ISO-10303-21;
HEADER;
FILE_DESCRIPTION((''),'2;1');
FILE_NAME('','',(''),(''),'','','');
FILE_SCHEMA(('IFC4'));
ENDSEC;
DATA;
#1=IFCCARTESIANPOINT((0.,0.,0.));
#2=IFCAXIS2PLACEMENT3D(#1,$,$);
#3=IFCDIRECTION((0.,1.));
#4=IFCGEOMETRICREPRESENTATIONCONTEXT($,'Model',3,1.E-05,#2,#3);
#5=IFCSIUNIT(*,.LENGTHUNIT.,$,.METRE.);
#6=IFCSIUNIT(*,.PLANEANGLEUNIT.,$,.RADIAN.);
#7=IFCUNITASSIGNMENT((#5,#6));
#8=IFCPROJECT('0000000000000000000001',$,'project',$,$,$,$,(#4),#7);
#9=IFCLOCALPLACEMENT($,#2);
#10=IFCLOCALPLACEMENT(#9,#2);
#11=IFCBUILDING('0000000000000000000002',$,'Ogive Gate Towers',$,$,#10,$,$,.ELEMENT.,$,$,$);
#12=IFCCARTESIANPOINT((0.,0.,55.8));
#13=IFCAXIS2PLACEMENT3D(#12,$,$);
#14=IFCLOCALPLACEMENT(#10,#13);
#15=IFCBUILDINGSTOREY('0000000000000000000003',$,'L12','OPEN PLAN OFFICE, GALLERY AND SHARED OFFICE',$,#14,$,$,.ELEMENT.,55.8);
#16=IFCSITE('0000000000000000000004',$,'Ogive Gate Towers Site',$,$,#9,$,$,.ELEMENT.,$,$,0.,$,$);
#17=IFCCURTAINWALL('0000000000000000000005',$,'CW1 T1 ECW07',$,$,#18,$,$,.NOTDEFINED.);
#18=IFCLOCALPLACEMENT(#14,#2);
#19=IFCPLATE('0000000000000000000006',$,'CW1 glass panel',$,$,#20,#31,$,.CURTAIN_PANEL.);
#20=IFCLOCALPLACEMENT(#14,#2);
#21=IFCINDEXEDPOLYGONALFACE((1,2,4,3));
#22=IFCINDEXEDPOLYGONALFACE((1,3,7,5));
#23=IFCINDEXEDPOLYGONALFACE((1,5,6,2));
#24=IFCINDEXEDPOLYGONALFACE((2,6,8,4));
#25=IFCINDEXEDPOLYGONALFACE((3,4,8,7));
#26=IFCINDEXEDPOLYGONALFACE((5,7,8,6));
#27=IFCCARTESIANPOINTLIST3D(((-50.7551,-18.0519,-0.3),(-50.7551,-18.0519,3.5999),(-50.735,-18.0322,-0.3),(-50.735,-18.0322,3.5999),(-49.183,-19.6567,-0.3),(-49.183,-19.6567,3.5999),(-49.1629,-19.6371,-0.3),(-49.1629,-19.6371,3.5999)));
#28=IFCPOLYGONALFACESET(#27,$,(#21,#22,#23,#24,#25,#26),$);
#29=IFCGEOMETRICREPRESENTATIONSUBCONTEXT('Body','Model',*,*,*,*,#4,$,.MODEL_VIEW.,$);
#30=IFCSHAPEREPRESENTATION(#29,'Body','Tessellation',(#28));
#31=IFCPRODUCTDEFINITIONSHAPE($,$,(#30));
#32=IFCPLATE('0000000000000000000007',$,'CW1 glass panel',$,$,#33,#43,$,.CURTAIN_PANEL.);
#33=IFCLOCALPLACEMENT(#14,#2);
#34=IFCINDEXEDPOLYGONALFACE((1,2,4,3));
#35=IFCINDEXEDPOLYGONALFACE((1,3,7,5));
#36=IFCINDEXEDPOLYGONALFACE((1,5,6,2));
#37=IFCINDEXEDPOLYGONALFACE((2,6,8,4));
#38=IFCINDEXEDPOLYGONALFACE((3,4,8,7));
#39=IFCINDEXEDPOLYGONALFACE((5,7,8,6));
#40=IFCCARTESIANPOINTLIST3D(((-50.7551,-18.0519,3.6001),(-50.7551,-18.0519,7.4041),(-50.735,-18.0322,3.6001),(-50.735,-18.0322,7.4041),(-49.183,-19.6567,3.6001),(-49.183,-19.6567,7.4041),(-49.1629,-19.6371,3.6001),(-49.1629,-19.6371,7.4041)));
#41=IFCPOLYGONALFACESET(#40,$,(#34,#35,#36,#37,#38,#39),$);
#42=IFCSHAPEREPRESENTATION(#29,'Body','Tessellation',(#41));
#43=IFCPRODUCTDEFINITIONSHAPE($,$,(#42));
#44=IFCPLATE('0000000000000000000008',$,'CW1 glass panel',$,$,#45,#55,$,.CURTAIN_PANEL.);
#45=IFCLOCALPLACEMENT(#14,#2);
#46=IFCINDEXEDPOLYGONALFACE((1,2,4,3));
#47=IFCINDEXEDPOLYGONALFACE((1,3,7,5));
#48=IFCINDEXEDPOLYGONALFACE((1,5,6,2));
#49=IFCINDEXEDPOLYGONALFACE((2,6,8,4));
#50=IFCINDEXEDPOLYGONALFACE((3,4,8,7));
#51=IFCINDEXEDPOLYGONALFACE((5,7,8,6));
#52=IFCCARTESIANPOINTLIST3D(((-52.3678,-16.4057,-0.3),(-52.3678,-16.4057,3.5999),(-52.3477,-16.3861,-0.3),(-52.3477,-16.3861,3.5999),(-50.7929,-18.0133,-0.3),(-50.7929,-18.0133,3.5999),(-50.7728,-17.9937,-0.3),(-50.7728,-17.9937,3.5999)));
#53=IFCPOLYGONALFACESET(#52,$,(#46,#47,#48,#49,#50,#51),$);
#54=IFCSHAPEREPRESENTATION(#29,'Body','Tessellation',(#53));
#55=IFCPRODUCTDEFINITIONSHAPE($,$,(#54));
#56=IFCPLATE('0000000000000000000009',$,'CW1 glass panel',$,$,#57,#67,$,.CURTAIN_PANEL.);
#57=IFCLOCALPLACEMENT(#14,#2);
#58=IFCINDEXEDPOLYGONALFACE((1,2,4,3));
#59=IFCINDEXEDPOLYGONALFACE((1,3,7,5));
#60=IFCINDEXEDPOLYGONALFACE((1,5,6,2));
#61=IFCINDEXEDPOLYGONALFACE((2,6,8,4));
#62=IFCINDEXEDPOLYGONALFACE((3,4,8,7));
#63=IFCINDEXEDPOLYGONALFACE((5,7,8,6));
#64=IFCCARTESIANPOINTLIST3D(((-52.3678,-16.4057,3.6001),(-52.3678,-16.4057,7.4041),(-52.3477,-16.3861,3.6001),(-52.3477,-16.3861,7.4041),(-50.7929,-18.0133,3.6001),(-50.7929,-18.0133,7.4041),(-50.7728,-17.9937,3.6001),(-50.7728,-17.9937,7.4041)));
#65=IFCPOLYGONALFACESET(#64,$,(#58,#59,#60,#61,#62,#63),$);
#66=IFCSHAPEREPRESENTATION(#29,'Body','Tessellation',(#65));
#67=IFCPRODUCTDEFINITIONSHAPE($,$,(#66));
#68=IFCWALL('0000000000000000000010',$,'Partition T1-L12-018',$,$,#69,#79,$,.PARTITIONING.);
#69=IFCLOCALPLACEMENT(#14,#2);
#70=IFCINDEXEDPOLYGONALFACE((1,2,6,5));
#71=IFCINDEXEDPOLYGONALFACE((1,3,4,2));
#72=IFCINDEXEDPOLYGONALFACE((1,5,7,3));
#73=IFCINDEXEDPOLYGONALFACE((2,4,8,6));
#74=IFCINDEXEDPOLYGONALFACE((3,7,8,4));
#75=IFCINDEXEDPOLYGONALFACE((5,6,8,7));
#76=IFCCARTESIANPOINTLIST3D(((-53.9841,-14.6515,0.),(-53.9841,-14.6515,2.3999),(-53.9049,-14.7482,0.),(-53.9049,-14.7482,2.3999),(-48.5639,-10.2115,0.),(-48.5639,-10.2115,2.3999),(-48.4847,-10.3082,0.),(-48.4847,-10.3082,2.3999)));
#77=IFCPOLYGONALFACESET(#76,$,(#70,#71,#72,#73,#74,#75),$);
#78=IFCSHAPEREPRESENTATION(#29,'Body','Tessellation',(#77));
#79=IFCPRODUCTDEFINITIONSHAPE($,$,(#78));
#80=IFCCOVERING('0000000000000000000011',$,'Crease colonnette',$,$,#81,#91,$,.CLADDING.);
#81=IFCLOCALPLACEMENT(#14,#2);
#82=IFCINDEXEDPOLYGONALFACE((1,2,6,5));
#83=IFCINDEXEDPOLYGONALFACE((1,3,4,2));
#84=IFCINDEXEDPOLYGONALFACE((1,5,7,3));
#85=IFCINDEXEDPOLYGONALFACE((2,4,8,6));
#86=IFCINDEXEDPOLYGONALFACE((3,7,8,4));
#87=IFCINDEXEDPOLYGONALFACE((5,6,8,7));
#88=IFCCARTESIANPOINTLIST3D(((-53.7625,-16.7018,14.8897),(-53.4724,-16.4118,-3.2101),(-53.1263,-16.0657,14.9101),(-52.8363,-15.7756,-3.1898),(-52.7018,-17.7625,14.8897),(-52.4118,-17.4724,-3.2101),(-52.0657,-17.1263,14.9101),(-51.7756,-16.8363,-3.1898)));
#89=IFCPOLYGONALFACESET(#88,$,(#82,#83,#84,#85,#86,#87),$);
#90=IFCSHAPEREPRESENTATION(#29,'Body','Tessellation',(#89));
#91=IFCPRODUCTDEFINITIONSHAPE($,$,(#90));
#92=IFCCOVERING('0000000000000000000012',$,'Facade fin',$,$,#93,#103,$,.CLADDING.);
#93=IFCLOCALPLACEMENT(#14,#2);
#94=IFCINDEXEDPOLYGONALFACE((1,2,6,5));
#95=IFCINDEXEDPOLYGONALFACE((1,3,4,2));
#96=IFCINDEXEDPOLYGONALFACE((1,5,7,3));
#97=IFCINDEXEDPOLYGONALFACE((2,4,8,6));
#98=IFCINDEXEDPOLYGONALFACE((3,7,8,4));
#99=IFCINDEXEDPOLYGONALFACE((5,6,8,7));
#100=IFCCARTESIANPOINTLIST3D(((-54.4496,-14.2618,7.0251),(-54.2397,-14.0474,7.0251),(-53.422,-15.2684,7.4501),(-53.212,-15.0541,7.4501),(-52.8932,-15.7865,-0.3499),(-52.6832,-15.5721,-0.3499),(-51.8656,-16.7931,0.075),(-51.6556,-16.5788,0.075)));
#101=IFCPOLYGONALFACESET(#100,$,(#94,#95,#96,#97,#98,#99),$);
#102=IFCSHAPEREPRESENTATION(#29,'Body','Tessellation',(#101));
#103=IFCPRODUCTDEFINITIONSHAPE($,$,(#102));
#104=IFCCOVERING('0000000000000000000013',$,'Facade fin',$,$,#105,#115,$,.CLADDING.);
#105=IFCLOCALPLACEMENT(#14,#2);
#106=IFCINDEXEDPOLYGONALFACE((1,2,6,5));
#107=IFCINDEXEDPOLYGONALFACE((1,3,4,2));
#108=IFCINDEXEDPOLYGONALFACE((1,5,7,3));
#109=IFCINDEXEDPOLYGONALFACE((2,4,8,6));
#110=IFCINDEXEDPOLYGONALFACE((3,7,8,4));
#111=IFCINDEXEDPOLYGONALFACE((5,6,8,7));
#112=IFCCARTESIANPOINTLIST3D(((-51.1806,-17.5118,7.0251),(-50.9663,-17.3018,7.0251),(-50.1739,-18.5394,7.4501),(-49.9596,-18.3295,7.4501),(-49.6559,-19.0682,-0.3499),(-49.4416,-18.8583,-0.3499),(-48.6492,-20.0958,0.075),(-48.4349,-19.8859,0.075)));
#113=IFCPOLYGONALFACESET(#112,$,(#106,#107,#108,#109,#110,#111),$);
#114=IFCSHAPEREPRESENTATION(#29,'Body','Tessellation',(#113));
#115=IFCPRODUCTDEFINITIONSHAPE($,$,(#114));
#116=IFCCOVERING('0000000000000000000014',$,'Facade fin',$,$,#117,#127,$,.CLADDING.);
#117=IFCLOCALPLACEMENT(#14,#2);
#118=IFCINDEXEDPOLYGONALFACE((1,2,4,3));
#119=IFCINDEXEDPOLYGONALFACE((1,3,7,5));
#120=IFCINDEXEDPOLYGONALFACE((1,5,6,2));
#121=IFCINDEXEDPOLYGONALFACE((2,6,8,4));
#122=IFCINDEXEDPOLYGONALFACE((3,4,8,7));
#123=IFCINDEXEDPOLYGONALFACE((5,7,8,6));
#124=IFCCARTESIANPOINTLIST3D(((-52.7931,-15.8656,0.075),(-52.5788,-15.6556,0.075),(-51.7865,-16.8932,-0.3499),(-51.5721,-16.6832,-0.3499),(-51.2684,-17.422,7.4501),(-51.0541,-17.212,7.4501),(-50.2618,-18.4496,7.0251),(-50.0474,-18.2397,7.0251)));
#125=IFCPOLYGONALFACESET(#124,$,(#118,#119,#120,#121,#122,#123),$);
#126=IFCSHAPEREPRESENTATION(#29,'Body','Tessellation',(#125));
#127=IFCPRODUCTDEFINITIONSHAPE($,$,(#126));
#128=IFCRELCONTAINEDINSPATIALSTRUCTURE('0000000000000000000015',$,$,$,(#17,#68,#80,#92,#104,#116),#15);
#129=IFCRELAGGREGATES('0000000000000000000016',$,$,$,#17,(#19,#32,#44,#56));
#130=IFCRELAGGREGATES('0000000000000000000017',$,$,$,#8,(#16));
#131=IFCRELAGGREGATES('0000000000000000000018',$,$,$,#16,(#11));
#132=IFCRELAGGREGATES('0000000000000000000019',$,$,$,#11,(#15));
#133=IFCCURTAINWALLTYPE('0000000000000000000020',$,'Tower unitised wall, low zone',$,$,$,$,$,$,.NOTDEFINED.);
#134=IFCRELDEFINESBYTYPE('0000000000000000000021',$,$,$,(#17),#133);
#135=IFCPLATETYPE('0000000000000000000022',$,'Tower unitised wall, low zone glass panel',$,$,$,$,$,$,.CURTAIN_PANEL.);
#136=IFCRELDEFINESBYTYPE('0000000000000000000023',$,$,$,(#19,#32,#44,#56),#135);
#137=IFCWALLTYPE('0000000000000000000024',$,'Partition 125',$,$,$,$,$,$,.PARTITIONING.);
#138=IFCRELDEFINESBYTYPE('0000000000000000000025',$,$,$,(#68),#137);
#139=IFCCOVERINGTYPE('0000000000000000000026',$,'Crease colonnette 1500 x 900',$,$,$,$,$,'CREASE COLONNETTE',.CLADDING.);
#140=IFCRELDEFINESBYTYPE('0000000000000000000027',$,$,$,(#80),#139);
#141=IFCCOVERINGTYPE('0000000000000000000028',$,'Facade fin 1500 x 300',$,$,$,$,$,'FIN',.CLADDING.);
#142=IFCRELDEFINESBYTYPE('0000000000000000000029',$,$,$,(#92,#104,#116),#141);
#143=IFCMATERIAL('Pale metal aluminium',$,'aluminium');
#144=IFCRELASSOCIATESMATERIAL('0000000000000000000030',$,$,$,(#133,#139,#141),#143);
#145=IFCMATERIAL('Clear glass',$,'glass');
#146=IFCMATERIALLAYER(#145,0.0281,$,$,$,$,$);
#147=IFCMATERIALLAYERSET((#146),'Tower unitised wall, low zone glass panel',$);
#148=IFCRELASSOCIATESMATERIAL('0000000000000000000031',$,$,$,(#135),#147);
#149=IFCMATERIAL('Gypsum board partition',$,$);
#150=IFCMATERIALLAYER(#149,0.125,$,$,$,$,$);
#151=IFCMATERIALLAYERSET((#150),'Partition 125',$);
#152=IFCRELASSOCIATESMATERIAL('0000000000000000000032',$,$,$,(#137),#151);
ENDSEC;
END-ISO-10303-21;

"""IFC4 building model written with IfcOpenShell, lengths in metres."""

from ifc_helpers import new_model, si_unit, direction, frame, frame_2d, origin, origin_2d, place, context, subcontext, project, spatial, rectangle, extrude, material, layer, layer_set, material_profile, profile_set, type_object, element, aggregate, save


model = new_model("IFC4")

# Units and contexts
model_context = context("Model", 3, precision=1e-05, world=origin(), true_north=direction((0.0, 1.0)))
body_context = subcontext(model_context, "Body", "Model", "MODEL_VIEW")
ifc_project = project(units=[si_unit("LENGTHUNIT", "METRE"), si_unit("PLANEANGLEUNIT", "RADIAN")], contexts=[model_context])

# Site, building, storey
site_placement = place(None, origin())
site = spatial("IfcSite", under=ifc_project, at=site_placement, Name="Ogive Gate Towers Site", CompositionType="ELEMENT", RefElevation=0.0)
building_placement = place(site_placement, origin())
building = spatial("IfcBuilding", under=site, at=building_placement, Name="Ogive Gate Towers", CompositionType="ELEMENT")
storey_placement = place(building_placement, frame((0.0, 0.0, 55.8)))
storey = spatial("IfcBuildingStorey", under=building, at=storey_placement, Name="L12", Description="OPEN PLAN OFFICE, GALLERY AND SHARED OFFICE", CompositionType="ELEMENT", Elevation=55.8)

# Curtain wall
ifc_material_1 = material(Name="Pale metal aluminium", Category="aluminium")
curtain_wall_type = type_object("IfcCurtainWallType", Name="Tower unitised wall, low zone", PredefinedType="NOTDEFINED", material=ifc_material_1)
curtain_wall_1_placement = place(storey_placement, origin())
curtain_wall_1 = element("IfcCurtainWall", 1, at=curtain_wall_1_placement, inside=storey, type_object=curtain_wall_type, Name="CW1 T1 ECW07", PredefinedType="NOTDEFINED")

# Plates
ifc_material_2 = material(Name="Clear glass", Category="glass")
ifc_layer_1 = layer(ifc_material_2, 0.0281)
ifc_layer_set_1 = layer_set([ifc_layer_1], Name="Tower unitised wall, low zone glass panel")
plate_type = type_object("IfcPlateType", Name="Tower unitised wall, low zone glass panel", PredefinedType="CURTAIN_PANEL", material=ifc_layer_set_1)
plate_1_placement = place(storey_placement, frame((-49.959, -18.8445, -0.3), z_axis=(0.0, 0.0, 1.0), x_axis=(-0.699776, 0.714363, 0.0)))
plate_1 = element("IfcPlate", 2, at=plate_1_placement, type_object=plate_type, Name="CW1 glass panel", PredefinedType="CURTAIN_PANEL", context=body_context, shape_type="SweptSolid", body=[
    extrude(rectangle(XDim=2.2466, YDim=0.0281, at=origin_2d()), origin(), (0.0, 0.0, 1.0), 3.8999),
])
plate_2_placement = place(storey_placement, frame((-49.959, -18.8445, 3.6001), z_axis=(0.0, 0.0, 1.0), x_axis=(-0.699776, 0.714363, 0.0)))
plate_2 = element("IfcPlate", 3, at=plate_2_placement, type_object=plate_type, Name="CW1 glass panel", PredefinedType="CURTAIN_PANEL", context=body_context, shape_type="SweptSolid", body=[
    extrude(rectangle(XDim=2.2466, YDim=0.0281, at=origin_2d()), origin(), (0.0, 0.0, 1.0), 3.804),
])
plate_3_placement = place(storey_placement, frame((-51.5703, -17.1997, -0.3), z_axis=(0.0, 0.0, 1.0), x_axis=(-0.6998, 0.714338, 0.0)))
plate_3 = element("IfcPlate", 4, at=plate_3_placement, type_object=plate_type, Name="CW1 glass panel", PredefinedType="CURTAIN_PANEL", context=body_context, shape_type="SweptSolid", body=[
    extrude(rectangle(XDim=2.2505, YDim=0.0281, at=origin_2d()), origin(), (0.0, 0.0, 1.0), 3.8999),
])
plate_4_placement = place(storey_placement, frame((-51.5703, -17.1997, 3.6001), z_axis=(0.0, 0.0, 1.0), x_axis=(-0.6998, 0.714338, 0.0)))
plate_4 = element("IfcPlate", 5, at=plate_4_placement, type_object=plate_type, Name="CW1 glass panel", PredefinedType="CURTAIN_PANEL", context=body_context, shape_type="SweptSolid", body=[
    extrude(rectangle(XDim=2.2505, YDim=0.0281, at=origin_2d()), origin(), (0.0, 0.0, 1.0), 3.804),
])
aggregate(curtain_wall_1, [plate_1, plate_2, plate_3, plate_4])

# Wall
ifc_material_3 = material(Name="Gypsum board partition")
ifc_layer_2 = layer(ifc_material_3, 0.125)
ifc_layer_set_2 = layer_set([ifc_layer_2], Name="Partition 125")
wall_type = type_object("IfcWallType", Name="Partition 125", PredefinedType="PARTITIONING", material=ifc_layer_set_2)
wall_placement = place(storey_placement, frame((-53.9446, -14.7, 0.0), z_axis=(0.0, 0.0, 1.0), x_axis=(0.773589, 0.633687, 0.0)))
element("IfcWall", 6, at=wall_placement, inside=storey, type_object=wall_type, Name="Partition T1-L12-018", PredefinedType="PARTITIONING", context=body_context, shape_type="SweptSolid", body=[
    extrude(rectangle(XDim=7.0066, YDim=0.125, at=frame_2d((3.5034, 0.0))), origin(), (0.0, 0.0, 1.0), 2.3999),
])

# Coverings
ifc_material_profile_1 = material_profile(ifc_material_1, rectangle(XDim=1.5, YDim=0.8999, at=origin_2d()), Name="1500 x 900 pale metal aluminium")
ifc_profile_set_1 = profile_set([ifc_material_profile_1], Name="Pale metal aluminium")
covering_type_1 = type_object("IfcCoveringType", Name="Crease colonnette 1500 x 900", ElementType="CREASE COLONNETTE", PredefinedType="CLADDING", material=ifc_profile_set_1)
covering_placement = place(storey_placement, frame((-52.624, -16.624, -3.2), z_axis=(-0.01602, -0.01602, 0.999743), x_axis=(0.707107, -0.707107, 0.0)))
element("IfcCovering", 7, at=covering_placement, inside=storey, type_object=covering_type_1, Name="Crease colonnette", PredefinedType="CLADDING", context=body_context, shape_type="SweptSolid", body=[
    extrude(rectangle(XDim=1.5, YDim=0.8999, at=origin_2d()), origin(), (0.0, 0.0, 1.0), 18.1045),
])
ifc_material_profile_2 = material_profile(ifc_material_1, rectangle(XDim=0.3, YDim=1.5, at=origin_2d()), Name="1500 x 300 pale metal aluminium")
ifc_profile_set_2 = profile_set([ifc_material_profile_2], Name="Pale metal aluminium")
covering_type_2 = type_object("IfcCoveringType", Name="Facade fin 1500 x 300", ElementType="FIN", PredefinedType="CLADDING", material=ifc_profile_set_2)
for number, where, z_axis, x_axis, name in (
    (8, (-52.2744, -16.1826, -0.1375), (-0.20239, 0.198263, 0.959026), (-0.699786, -0.714353, 0.0), "Facade fin"),
    (9, (-49.0454, -19.4771, -0.1375), (-0.198263, 0.20239, 0.959026), (-0.714353, -0.699786, 0.0), "Facade fin"),
    (10, (-52.1826, -16.2744, -0.1375), (0.198263, -0.20239, 0.959026), (0.714353, 0.699786, 0.0), "Facade fin"),
):
    element("IfcCovering", number, at=place(storey_placement, frame(where, z_axis=z_axis, x_axis=x_axis)), inside=storey, type_object=covering_type_2, Name=name, PredefinedType="CLADDING", context=body_context, shape_type="SweptSolid", body=[
        extrude(rectangle(XDim=0.3, YDim=1.5, at=origin_2d()), origin(), (0.0, 0.0, 1.0), 7.6902),
    ])

save(model, "model.ifc")
